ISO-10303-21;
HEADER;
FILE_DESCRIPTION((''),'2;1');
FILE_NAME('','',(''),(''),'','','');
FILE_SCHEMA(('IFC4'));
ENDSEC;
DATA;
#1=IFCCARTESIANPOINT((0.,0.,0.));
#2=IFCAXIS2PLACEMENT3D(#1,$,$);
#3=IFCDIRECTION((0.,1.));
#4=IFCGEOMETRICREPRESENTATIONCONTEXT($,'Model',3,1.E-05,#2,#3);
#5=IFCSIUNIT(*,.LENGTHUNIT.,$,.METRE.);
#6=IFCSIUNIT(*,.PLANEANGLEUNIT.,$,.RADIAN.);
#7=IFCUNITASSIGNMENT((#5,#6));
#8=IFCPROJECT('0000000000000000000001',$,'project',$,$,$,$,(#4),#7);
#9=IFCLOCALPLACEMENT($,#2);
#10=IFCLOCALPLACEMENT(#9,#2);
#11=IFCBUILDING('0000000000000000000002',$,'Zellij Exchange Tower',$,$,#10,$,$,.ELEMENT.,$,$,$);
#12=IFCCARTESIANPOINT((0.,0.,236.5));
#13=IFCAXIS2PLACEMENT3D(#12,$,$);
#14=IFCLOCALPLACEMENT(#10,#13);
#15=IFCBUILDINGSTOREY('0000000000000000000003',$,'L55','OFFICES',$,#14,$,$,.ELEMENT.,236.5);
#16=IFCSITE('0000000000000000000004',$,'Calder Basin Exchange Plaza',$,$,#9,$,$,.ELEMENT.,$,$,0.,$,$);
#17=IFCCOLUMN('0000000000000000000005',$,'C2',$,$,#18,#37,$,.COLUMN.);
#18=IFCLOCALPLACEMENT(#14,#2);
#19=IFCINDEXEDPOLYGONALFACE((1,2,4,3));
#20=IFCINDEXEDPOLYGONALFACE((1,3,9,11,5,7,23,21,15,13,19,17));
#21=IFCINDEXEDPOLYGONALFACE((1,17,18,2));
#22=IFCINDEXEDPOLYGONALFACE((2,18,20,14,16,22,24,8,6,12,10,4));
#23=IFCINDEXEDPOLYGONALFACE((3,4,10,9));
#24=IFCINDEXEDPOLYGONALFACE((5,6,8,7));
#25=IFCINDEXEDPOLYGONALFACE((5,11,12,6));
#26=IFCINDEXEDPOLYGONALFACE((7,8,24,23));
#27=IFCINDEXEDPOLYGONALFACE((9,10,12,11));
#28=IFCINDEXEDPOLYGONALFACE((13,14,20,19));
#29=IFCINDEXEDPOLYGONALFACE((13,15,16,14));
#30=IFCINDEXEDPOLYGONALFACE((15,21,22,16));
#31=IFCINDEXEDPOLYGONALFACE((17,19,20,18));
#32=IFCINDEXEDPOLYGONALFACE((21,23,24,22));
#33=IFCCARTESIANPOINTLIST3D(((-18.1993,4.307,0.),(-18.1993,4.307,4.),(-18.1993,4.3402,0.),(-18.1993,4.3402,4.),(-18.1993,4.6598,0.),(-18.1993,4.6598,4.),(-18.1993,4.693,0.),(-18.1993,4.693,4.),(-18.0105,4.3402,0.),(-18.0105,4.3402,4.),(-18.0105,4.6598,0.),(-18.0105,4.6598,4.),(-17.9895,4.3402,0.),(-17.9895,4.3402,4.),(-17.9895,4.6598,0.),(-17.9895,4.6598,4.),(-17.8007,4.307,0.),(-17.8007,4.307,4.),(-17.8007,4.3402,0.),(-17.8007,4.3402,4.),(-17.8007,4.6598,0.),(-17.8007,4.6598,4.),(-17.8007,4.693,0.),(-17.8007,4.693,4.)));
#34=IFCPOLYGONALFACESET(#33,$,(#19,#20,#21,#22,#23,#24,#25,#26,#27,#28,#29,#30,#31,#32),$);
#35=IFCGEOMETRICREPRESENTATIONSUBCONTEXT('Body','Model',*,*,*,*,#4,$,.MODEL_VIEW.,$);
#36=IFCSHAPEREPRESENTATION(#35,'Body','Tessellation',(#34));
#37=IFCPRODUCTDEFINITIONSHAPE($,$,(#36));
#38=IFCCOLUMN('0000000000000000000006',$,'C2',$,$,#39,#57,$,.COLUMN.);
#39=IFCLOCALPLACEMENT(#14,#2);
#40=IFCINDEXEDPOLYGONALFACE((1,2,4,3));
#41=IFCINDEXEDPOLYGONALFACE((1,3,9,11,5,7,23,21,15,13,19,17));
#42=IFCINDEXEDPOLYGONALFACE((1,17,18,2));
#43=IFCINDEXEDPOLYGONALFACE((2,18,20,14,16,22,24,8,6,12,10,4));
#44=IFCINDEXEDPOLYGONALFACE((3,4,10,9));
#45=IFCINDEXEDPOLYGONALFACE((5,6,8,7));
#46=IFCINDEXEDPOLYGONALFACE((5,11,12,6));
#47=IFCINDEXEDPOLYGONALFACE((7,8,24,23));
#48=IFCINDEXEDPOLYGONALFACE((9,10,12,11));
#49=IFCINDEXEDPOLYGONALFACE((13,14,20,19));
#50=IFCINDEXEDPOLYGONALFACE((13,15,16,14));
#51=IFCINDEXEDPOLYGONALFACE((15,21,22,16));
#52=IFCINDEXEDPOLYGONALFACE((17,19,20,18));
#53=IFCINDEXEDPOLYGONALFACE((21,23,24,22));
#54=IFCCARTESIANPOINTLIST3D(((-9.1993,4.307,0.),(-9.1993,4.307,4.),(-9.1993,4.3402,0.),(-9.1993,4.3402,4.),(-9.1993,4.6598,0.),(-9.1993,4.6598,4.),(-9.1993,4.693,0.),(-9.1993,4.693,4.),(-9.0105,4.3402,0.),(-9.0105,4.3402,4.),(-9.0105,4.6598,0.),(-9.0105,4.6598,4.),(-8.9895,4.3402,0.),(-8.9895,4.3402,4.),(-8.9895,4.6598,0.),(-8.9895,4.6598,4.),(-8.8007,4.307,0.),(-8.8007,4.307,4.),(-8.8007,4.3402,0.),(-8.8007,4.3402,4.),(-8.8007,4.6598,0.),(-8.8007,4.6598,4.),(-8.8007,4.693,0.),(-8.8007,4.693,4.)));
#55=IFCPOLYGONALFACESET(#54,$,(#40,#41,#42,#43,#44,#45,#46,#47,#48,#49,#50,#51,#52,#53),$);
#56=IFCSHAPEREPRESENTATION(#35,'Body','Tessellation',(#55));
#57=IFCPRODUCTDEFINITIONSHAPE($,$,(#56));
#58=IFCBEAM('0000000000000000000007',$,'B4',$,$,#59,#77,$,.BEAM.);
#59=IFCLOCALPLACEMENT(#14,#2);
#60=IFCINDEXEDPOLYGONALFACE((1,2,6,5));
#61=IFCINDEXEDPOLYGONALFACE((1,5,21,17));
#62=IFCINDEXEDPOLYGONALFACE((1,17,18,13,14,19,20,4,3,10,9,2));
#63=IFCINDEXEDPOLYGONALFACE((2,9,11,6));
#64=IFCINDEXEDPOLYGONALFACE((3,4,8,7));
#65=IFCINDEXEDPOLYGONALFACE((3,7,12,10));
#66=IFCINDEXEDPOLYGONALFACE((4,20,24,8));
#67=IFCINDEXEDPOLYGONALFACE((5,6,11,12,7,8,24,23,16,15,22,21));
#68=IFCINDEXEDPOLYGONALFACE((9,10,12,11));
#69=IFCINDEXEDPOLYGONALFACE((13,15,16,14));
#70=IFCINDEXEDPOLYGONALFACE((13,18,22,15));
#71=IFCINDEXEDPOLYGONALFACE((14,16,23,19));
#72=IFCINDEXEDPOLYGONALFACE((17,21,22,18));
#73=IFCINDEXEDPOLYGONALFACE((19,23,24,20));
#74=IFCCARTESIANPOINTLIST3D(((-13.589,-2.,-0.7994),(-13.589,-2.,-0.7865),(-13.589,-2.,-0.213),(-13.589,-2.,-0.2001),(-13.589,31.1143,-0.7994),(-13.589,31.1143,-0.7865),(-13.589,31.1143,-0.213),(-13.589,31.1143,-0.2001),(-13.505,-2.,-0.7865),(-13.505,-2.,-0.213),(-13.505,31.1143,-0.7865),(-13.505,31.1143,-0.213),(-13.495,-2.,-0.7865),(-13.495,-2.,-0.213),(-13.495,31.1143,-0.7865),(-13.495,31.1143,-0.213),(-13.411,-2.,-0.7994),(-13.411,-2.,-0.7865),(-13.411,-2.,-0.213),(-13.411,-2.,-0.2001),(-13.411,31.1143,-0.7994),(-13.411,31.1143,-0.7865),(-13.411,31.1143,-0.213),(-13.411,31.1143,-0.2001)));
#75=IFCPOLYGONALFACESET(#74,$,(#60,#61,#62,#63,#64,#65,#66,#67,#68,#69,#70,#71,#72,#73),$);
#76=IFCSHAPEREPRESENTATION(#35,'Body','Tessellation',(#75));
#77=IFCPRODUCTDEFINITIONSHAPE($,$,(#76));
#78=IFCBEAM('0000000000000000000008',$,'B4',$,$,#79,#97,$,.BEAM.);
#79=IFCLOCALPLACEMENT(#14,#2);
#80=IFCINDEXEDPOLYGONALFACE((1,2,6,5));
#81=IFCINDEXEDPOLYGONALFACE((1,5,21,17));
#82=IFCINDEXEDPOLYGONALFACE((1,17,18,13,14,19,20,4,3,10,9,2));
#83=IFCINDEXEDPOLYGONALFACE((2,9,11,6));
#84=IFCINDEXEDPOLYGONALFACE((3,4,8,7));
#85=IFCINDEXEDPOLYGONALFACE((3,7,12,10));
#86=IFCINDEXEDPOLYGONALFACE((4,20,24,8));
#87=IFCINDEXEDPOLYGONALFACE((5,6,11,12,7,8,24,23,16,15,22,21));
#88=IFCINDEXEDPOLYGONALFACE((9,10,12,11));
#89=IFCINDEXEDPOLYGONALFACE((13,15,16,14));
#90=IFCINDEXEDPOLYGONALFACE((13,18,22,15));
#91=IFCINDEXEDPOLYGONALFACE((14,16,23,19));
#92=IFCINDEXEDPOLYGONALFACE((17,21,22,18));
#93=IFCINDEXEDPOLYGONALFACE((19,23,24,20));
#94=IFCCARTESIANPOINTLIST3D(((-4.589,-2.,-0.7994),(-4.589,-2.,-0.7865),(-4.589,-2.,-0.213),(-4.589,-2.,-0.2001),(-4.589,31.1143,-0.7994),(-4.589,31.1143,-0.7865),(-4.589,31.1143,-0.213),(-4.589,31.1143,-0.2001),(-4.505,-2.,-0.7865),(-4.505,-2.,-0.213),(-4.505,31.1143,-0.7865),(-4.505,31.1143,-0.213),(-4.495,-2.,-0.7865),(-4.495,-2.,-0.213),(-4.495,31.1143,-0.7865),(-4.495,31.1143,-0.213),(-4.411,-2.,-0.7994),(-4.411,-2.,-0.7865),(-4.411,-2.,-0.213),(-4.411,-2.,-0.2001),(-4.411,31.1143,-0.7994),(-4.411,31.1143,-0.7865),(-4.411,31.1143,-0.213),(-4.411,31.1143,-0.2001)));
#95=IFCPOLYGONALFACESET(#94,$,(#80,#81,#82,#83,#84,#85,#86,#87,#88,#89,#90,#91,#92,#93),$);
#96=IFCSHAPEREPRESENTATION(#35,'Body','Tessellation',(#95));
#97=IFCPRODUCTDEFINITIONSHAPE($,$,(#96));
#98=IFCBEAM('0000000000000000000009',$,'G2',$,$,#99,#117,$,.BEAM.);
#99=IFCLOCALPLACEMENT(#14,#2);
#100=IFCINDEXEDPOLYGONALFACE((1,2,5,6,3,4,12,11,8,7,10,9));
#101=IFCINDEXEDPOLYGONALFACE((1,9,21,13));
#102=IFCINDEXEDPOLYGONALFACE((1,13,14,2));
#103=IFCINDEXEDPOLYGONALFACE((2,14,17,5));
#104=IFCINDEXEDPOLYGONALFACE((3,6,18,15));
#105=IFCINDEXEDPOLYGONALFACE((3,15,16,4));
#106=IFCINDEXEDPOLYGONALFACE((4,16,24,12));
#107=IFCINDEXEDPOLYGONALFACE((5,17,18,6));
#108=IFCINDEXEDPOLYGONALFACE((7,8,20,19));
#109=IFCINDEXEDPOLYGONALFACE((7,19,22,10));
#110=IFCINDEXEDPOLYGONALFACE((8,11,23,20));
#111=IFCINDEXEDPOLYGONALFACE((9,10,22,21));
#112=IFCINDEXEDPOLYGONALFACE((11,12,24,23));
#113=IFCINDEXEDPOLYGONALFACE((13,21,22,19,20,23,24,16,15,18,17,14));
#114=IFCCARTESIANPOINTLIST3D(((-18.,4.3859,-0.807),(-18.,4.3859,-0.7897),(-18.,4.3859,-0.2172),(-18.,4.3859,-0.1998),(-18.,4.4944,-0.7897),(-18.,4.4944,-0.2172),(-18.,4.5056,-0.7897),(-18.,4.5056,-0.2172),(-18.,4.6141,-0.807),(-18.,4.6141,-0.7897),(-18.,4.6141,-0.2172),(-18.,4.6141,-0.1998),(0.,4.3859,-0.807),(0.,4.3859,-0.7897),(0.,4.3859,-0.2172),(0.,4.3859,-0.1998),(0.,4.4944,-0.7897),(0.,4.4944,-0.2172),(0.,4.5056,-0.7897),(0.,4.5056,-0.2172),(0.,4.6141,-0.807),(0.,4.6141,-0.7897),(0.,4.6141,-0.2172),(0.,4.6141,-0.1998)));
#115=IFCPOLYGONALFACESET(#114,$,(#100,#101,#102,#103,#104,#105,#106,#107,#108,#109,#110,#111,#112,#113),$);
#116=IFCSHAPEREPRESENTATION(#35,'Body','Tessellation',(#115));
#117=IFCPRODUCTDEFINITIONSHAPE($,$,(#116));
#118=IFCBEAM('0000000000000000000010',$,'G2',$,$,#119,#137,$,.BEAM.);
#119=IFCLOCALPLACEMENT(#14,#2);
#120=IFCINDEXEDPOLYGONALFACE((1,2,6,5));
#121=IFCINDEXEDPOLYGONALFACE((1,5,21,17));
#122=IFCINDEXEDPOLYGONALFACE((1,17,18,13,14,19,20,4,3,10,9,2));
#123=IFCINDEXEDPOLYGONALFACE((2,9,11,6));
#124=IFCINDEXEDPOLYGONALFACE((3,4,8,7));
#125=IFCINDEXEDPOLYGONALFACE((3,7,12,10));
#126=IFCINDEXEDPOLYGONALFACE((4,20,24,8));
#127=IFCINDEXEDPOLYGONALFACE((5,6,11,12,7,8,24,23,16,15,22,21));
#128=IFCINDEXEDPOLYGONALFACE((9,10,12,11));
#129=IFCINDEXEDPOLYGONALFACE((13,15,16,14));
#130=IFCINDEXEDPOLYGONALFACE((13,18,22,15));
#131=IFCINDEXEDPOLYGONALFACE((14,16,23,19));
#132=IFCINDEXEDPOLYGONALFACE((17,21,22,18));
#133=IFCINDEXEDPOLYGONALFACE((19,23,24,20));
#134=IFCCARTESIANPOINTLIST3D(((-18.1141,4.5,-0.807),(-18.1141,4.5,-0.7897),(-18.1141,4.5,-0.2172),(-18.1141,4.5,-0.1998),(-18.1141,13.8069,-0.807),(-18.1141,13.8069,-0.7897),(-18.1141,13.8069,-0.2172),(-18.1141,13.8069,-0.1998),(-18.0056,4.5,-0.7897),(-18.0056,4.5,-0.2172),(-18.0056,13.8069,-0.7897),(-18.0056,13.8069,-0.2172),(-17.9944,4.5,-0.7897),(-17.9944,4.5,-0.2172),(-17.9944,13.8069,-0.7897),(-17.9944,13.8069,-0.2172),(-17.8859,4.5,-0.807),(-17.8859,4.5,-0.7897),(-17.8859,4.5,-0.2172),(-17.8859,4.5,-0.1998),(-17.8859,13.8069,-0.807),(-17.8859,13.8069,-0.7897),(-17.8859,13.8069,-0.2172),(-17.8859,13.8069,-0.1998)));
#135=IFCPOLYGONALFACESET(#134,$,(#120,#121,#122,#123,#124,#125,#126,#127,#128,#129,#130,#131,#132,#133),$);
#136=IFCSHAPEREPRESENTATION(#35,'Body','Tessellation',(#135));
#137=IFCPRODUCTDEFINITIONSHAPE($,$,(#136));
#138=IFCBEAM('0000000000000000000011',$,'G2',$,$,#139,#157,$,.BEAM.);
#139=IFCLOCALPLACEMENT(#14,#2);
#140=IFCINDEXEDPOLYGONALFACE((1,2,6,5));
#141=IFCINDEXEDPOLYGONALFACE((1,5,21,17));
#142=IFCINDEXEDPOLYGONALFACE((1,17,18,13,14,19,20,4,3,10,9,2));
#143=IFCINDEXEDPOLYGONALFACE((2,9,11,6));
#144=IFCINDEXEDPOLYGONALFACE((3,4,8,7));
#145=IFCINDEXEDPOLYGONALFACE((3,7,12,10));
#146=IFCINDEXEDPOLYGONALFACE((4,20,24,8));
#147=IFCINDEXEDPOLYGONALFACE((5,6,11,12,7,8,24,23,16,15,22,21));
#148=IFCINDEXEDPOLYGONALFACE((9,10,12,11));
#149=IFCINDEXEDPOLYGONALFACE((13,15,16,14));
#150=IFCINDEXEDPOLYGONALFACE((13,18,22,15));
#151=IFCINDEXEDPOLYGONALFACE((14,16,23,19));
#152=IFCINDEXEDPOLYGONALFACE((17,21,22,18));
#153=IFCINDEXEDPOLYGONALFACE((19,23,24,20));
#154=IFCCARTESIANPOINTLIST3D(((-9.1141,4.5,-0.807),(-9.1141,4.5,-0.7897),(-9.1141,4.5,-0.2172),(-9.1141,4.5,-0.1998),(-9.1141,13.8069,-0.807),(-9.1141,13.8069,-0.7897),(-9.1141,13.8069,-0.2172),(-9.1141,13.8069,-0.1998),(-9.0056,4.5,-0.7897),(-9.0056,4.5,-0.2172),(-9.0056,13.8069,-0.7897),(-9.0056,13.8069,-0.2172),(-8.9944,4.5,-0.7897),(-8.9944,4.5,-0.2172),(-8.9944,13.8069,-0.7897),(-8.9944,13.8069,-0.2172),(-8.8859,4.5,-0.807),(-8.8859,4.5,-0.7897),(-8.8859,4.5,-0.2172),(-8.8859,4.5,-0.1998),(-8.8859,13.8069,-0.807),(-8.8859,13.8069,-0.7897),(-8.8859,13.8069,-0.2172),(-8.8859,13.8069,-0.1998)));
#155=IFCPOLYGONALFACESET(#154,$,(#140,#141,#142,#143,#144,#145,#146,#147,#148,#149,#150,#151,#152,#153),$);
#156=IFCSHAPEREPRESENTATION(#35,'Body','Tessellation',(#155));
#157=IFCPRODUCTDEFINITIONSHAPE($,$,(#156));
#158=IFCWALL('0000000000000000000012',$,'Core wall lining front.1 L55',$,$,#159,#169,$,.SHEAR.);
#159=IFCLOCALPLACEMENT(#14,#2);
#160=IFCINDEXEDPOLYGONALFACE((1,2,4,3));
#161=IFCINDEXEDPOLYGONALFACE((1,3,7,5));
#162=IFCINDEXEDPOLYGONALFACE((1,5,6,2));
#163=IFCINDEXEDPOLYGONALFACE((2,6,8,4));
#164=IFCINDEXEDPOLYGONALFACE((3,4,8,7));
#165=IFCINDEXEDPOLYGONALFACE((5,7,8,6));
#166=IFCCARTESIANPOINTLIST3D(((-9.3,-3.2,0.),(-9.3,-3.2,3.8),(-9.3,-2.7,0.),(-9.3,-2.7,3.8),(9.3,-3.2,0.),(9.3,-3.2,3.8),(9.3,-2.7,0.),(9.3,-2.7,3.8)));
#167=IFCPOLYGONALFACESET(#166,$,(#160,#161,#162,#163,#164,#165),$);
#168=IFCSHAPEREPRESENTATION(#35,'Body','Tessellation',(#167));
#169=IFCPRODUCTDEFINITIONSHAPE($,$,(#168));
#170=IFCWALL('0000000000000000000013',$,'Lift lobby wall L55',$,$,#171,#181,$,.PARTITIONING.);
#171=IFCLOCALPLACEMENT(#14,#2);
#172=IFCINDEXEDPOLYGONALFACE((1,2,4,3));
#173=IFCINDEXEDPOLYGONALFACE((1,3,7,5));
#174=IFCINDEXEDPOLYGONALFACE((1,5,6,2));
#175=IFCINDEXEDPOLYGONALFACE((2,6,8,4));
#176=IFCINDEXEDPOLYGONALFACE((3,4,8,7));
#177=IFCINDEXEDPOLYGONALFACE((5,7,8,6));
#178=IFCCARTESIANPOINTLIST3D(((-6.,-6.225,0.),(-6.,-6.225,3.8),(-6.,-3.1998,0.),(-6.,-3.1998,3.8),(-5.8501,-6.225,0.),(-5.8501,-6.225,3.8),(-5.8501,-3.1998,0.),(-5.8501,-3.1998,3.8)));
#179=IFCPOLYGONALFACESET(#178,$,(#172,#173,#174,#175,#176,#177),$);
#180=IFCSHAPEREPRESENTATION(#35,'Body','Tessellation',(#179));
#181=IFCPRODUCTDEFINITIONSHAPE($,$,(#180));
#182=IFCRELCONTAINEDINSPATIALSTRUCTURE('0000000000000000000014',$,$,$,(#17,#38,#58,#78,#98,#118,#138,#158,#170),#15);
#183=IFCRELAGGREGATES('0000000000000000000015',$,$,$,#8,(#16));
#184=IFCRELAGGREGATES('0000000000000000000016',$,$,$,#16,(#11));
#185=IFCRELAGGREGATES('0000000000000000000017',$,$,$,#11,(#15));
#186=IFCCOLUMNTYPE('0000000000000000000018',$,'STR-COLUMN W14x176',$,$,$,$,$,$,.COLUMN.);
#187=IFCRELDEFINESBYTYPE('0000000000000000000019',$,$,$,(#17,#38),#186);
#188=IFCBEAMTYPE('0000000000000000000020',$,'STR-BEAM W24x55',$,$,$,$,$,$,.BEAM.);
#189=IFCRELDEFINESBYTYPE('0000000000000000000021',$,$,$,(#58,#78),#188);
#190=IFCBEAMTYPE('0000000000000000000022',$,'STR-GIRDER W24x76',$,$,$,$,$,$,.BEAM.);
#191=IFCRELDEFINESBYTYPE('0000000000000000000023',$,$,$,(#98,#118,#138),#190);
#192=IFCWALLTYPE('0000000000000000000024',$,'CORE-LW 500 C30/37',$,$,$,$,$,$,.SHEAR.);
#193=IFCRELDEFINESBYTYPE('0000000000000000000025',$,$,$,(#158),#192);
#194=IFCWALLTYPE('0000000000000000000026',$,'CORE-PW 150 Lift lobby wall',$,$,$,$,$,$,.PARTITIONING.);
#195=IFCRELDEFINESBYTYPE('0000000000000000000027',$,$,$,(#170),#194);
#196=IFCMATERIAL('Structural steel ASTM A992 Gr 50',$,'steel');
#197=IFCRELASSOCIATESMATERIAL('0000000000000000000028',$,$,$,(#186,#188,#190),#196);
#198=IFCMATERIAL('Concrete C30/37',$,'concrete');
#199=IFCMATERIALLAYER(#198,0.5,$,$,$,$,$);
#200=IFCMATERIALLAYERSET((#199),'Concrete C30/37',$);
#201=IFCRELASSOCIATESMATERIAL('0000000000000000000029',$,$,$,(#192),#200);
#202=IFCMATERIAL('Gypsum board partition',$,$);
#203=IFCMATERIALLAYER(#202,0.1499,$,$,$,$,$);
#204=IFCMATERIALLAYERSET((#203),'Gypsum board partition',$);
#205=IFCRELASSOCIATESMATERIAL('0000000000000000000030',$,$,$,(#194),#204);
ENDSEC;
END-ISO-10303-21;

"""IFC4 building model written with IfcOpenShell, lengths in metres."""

from ifc_helpers import new_model, si_unit, direction, frame, frame_2d, origin, origin_2d, place, context, subcontext, project, spatial, rectangle, i_section, extrude, material, layer, layer_set, material_profile, profile_set, type_object, element, save


model = new_model("IFC4")

# Units and contexts
model_context = context("Model", 3, precision=1e-05, world=origin(), true_north=direction((0.0, 1.0)))
body_context = subcontext(model_context, "Body", "Model", "MODEL_VIEW")
ifc_project = project(units=[si_unit("LENGTHUNIT", "METRE"), si_unit("PLANEANGLEUNIT", "RADIAN")], contexts=[model_context])

# Site, building, storey
site_placement = place(None, origin())
site = spatial("IfcSite", under=ifc_project, at=site_placement, Name="Calder Basin Exchange Plaza", CompositionType="ELEMENT", RefElevation=0.0)
building_placement = place(site_placement, origin())
building = spatial("IfcBuilding", under=site, at=building_placement, Name="Zellij Exchange Tower", CompositionType="ELEMENT")
storey_placement = place(building_placement, frame((0.0, 0.0, 236.5)))
storey = spatial("IfcBuildingStorey", under=building, at=storey_placement, Name="L55", Description="OFFICES", CompositionType="ELEMENT", Elevation=236.5)

# Columns
ifc_material_1 = material(Name="Structural steel ASTM A992 Gr 50", Category="steel")
ifc_material_profile_1 = material_profile(ifc_material_1, i_section(OverallWidth=0.3987, OverallDepth=0.386, WebThickness=0.021, FlangeThickness=0.0332, at=origin_2d()), Name="W14x176")
ifc_profile_set_1 = profile_set([ifc_material_profile_1], Name="Structural steel ASTM A992 Gr 50")
column_type = type_object("IfcColumnType", Name="STR-COLUMN W14x176", PredefinedType="COLUMN", material=ifc_profile_set_1)
for number, where, z_axis, x_axis, name in (
    (1, (-18.0, 4.5, 0.0), (0.0, 0.0, 1.0), (1.0, 0.0, 0.0), "C2"),
    (2, (-9.0, 4.5, 0.0), (0.0, 0.0, 1.0), (1.0, 0.0, 0.0), "C2"),
):
    element("IfcColumn", number, at=place(storey_placement, frame(where, z_axis=z_axis, x_axis=x_axis)), inside=storey, type_object=column_type, Name=name, PredefinedType="COLUMN", context=body_context, shape_type="SweptSolid", body=[
        extrude(i_section(OverallWidth=0.3987, OverallDepth=0.386, WebThickness=0.021, FlangeThickness=0.0332, at=origin_2d()), origin(), (0.0, 0.0, 1.0), 4.0),
    ])

# Beams
ifc_material_profile_2 = material_profile(ifc_material_1, i_section(OverallWidth=0.178, OverallDepth=0.5994, WebThickness=0.01, FlangeThickness=0.0129, at=origin_2d()), Name="W24x55")
ifc_profile_set_2 = profile_set([ifc_material_profile_2], Name="Structural steel ASTM A992 Gr 50")
beam_type_1 = type_object("IfcBeamType", Name="STR-BEAM W24x55", PredefinedType="BEAM", material=ifc_profile_set_2)
for number, where, z_axis, x_axis, name in (
    (3, (-13.5, -2.0, -0.4998), (0.0, 1.0, 0.0), (-1.0, 0.0, 0.0), "B4"),
    (4, (-4.5, -2.0, -0.4998), (0.0, 1.0, 0.0), (-1.0, 0.0, 0.0), "B4"),
):
    element("IfcBeam", number, at=place(storey_placement, frame(where, z_axis=z_axis, x_axis=x_axis)), inside=storey, type_object=beam_type_1, Name=name, PredefinedType="BEAM", context=body_context, shape_type="SweptSolid", body=[
        extrude(i_section(OverallWidth=0.178, OverallDepth=0.5994, WebThickness=0.01, FlangeThickness=0.0129, at=origin_2d()), origin(), (0.0, 0.0, 1.0), 33.1143),
    ])
ifc_material_profile_3 = material_profile(ifc_material_1, i_section(OverallWidth=0.2283, OverallDepth=0.6072, WebThickness=0.0112, FlangeThickness=0.0173, at=origin_2d()), Name="W24x76")
ifc_profile_set_3 = profile_set([ifc_material_profile_3], Name="Structural steel ASTM A992 Gr 50")
beam_type_2 = type_object("IfcBeamType", Name="STR-GIRDER W24x76", PredefinedType="BEAM", material=ifc_profile_set_3)
beam_placement = place(storey_placement, frame((-18.0, 4.5, -0.5034), z_axis=(1.0, 0.0, 0.0), x_axis=(0.0, 1.0, 0.0)))
element("IfcBeam", 5, at=beam_placement, inside=storey, type_object=beam_type_2, Name="G2", PredefinedType="BEAM", context=body_context, shape_type="SweptSolid", body=[
    extrude(i_section(OverallWidth=0.2283, OverallDepth=0.6072, WebThickness=0.0112, FlangeThickness=0.0173, at=origin_2d()), origin(), (0.0, 0.0, 1.0), 18.0),
])
for number, where, z_axis, x_axis, name in (
    (6, (-18.0, 4.5, -0.5034), (0.0, 1.0, 0.0), (-1.0, 0.0, 0.0), "G2"),
    (7, (-9.0, 4.5, -0.5034), (0.0, 1.0, 0.0), (-1.0, 0.0, 0.0), "G2"),
):
    element("IfcBeam", number, at=place(storey_placement, frame(where, z_axis=z_axis, x_axis=x_axis)), inside=storey, type_object=beam_type_2, Name=name, PredefinedType="BEAM", context=body_context, shape_type="SweptSolid", body=[
        extrude(i_section(OverallWidth=0.2283, OverallDepth=0.6072, WebThickness=0.0112, FlangeThickness=0.0173, at=origin_2d()), origin(), (0.0, 0.0, 1.0), 9.3069),
    ])

# Walls
ifc_material_2 = material(Name="Concrete C30/37", Category="concrete")
ifc_layer_1 = layer(ifc_material_2, 0.5)
ifc_layer_set_1 = layer_set([ifc_layer_1], Name="Concrete C30/37")
wall_type_1 = type_object("IfcWallType", Name="CORE-LW 500 C30/37", PredefinedType="SHEAR", material=ifc_layer_set_1)
wall_1_placement = place(storey_placement, frame((-9.3, -2.95, 0.0), z_axis=(0.0, 0.0, 1.0), x_axis=(1.0, 0.0, 0.0)))
element("IfcWall", 8, at=wall_1_placement, inside=storey, type_object=wall_type_1, Name="Core wall lining front.1 L55", PredefinedType="SHEAR", context=body_context, shape_type="SweptSolid", body=[
    extrude(rectangle(XDim=18.6001, YDim=0.5, at=frame_2d((9.3, 0.0))), origin(), (0.0, 0.0, 1.0), 3.8),
])
ifc_material_3 = material(Name="Gypsum board partition")
ifc_layer_2 = layer(ifc_material_3, 0.1499)
ifc_layer_set_2 = layer_set([ifc_layer_2], Name="Gypsum board partition")
wall_type_2 = type_object("IfcWallType", Name="CORE-PW 150 Lift lobby wall", PredefinedType="PARTITIONING", material=ifc_layer_set_2)
wall_2_placement = place(storey_placement, frame((-5.925, -6.2251, 0.0), z_axis=(0.0, 0.0, 1.0), x_axis=(0.0, 1.0, 0.0)))
element("IfcWall", 9, at=wall_2_placement, inside=storey, type_object=wall_type_2, Name="Lift lobby wall L55", PredefinedType="PARTITIONING", context=body_context, shape_type="SweptSolid", body=[
    extrude(rectangle(XDim=3.0251, YDim=0.1499, at=frame_2d((1.5127, 0.0))), origin(), (0.0, 0.0, 1.0), 3.8),
])

save(model, "model.ifc")
